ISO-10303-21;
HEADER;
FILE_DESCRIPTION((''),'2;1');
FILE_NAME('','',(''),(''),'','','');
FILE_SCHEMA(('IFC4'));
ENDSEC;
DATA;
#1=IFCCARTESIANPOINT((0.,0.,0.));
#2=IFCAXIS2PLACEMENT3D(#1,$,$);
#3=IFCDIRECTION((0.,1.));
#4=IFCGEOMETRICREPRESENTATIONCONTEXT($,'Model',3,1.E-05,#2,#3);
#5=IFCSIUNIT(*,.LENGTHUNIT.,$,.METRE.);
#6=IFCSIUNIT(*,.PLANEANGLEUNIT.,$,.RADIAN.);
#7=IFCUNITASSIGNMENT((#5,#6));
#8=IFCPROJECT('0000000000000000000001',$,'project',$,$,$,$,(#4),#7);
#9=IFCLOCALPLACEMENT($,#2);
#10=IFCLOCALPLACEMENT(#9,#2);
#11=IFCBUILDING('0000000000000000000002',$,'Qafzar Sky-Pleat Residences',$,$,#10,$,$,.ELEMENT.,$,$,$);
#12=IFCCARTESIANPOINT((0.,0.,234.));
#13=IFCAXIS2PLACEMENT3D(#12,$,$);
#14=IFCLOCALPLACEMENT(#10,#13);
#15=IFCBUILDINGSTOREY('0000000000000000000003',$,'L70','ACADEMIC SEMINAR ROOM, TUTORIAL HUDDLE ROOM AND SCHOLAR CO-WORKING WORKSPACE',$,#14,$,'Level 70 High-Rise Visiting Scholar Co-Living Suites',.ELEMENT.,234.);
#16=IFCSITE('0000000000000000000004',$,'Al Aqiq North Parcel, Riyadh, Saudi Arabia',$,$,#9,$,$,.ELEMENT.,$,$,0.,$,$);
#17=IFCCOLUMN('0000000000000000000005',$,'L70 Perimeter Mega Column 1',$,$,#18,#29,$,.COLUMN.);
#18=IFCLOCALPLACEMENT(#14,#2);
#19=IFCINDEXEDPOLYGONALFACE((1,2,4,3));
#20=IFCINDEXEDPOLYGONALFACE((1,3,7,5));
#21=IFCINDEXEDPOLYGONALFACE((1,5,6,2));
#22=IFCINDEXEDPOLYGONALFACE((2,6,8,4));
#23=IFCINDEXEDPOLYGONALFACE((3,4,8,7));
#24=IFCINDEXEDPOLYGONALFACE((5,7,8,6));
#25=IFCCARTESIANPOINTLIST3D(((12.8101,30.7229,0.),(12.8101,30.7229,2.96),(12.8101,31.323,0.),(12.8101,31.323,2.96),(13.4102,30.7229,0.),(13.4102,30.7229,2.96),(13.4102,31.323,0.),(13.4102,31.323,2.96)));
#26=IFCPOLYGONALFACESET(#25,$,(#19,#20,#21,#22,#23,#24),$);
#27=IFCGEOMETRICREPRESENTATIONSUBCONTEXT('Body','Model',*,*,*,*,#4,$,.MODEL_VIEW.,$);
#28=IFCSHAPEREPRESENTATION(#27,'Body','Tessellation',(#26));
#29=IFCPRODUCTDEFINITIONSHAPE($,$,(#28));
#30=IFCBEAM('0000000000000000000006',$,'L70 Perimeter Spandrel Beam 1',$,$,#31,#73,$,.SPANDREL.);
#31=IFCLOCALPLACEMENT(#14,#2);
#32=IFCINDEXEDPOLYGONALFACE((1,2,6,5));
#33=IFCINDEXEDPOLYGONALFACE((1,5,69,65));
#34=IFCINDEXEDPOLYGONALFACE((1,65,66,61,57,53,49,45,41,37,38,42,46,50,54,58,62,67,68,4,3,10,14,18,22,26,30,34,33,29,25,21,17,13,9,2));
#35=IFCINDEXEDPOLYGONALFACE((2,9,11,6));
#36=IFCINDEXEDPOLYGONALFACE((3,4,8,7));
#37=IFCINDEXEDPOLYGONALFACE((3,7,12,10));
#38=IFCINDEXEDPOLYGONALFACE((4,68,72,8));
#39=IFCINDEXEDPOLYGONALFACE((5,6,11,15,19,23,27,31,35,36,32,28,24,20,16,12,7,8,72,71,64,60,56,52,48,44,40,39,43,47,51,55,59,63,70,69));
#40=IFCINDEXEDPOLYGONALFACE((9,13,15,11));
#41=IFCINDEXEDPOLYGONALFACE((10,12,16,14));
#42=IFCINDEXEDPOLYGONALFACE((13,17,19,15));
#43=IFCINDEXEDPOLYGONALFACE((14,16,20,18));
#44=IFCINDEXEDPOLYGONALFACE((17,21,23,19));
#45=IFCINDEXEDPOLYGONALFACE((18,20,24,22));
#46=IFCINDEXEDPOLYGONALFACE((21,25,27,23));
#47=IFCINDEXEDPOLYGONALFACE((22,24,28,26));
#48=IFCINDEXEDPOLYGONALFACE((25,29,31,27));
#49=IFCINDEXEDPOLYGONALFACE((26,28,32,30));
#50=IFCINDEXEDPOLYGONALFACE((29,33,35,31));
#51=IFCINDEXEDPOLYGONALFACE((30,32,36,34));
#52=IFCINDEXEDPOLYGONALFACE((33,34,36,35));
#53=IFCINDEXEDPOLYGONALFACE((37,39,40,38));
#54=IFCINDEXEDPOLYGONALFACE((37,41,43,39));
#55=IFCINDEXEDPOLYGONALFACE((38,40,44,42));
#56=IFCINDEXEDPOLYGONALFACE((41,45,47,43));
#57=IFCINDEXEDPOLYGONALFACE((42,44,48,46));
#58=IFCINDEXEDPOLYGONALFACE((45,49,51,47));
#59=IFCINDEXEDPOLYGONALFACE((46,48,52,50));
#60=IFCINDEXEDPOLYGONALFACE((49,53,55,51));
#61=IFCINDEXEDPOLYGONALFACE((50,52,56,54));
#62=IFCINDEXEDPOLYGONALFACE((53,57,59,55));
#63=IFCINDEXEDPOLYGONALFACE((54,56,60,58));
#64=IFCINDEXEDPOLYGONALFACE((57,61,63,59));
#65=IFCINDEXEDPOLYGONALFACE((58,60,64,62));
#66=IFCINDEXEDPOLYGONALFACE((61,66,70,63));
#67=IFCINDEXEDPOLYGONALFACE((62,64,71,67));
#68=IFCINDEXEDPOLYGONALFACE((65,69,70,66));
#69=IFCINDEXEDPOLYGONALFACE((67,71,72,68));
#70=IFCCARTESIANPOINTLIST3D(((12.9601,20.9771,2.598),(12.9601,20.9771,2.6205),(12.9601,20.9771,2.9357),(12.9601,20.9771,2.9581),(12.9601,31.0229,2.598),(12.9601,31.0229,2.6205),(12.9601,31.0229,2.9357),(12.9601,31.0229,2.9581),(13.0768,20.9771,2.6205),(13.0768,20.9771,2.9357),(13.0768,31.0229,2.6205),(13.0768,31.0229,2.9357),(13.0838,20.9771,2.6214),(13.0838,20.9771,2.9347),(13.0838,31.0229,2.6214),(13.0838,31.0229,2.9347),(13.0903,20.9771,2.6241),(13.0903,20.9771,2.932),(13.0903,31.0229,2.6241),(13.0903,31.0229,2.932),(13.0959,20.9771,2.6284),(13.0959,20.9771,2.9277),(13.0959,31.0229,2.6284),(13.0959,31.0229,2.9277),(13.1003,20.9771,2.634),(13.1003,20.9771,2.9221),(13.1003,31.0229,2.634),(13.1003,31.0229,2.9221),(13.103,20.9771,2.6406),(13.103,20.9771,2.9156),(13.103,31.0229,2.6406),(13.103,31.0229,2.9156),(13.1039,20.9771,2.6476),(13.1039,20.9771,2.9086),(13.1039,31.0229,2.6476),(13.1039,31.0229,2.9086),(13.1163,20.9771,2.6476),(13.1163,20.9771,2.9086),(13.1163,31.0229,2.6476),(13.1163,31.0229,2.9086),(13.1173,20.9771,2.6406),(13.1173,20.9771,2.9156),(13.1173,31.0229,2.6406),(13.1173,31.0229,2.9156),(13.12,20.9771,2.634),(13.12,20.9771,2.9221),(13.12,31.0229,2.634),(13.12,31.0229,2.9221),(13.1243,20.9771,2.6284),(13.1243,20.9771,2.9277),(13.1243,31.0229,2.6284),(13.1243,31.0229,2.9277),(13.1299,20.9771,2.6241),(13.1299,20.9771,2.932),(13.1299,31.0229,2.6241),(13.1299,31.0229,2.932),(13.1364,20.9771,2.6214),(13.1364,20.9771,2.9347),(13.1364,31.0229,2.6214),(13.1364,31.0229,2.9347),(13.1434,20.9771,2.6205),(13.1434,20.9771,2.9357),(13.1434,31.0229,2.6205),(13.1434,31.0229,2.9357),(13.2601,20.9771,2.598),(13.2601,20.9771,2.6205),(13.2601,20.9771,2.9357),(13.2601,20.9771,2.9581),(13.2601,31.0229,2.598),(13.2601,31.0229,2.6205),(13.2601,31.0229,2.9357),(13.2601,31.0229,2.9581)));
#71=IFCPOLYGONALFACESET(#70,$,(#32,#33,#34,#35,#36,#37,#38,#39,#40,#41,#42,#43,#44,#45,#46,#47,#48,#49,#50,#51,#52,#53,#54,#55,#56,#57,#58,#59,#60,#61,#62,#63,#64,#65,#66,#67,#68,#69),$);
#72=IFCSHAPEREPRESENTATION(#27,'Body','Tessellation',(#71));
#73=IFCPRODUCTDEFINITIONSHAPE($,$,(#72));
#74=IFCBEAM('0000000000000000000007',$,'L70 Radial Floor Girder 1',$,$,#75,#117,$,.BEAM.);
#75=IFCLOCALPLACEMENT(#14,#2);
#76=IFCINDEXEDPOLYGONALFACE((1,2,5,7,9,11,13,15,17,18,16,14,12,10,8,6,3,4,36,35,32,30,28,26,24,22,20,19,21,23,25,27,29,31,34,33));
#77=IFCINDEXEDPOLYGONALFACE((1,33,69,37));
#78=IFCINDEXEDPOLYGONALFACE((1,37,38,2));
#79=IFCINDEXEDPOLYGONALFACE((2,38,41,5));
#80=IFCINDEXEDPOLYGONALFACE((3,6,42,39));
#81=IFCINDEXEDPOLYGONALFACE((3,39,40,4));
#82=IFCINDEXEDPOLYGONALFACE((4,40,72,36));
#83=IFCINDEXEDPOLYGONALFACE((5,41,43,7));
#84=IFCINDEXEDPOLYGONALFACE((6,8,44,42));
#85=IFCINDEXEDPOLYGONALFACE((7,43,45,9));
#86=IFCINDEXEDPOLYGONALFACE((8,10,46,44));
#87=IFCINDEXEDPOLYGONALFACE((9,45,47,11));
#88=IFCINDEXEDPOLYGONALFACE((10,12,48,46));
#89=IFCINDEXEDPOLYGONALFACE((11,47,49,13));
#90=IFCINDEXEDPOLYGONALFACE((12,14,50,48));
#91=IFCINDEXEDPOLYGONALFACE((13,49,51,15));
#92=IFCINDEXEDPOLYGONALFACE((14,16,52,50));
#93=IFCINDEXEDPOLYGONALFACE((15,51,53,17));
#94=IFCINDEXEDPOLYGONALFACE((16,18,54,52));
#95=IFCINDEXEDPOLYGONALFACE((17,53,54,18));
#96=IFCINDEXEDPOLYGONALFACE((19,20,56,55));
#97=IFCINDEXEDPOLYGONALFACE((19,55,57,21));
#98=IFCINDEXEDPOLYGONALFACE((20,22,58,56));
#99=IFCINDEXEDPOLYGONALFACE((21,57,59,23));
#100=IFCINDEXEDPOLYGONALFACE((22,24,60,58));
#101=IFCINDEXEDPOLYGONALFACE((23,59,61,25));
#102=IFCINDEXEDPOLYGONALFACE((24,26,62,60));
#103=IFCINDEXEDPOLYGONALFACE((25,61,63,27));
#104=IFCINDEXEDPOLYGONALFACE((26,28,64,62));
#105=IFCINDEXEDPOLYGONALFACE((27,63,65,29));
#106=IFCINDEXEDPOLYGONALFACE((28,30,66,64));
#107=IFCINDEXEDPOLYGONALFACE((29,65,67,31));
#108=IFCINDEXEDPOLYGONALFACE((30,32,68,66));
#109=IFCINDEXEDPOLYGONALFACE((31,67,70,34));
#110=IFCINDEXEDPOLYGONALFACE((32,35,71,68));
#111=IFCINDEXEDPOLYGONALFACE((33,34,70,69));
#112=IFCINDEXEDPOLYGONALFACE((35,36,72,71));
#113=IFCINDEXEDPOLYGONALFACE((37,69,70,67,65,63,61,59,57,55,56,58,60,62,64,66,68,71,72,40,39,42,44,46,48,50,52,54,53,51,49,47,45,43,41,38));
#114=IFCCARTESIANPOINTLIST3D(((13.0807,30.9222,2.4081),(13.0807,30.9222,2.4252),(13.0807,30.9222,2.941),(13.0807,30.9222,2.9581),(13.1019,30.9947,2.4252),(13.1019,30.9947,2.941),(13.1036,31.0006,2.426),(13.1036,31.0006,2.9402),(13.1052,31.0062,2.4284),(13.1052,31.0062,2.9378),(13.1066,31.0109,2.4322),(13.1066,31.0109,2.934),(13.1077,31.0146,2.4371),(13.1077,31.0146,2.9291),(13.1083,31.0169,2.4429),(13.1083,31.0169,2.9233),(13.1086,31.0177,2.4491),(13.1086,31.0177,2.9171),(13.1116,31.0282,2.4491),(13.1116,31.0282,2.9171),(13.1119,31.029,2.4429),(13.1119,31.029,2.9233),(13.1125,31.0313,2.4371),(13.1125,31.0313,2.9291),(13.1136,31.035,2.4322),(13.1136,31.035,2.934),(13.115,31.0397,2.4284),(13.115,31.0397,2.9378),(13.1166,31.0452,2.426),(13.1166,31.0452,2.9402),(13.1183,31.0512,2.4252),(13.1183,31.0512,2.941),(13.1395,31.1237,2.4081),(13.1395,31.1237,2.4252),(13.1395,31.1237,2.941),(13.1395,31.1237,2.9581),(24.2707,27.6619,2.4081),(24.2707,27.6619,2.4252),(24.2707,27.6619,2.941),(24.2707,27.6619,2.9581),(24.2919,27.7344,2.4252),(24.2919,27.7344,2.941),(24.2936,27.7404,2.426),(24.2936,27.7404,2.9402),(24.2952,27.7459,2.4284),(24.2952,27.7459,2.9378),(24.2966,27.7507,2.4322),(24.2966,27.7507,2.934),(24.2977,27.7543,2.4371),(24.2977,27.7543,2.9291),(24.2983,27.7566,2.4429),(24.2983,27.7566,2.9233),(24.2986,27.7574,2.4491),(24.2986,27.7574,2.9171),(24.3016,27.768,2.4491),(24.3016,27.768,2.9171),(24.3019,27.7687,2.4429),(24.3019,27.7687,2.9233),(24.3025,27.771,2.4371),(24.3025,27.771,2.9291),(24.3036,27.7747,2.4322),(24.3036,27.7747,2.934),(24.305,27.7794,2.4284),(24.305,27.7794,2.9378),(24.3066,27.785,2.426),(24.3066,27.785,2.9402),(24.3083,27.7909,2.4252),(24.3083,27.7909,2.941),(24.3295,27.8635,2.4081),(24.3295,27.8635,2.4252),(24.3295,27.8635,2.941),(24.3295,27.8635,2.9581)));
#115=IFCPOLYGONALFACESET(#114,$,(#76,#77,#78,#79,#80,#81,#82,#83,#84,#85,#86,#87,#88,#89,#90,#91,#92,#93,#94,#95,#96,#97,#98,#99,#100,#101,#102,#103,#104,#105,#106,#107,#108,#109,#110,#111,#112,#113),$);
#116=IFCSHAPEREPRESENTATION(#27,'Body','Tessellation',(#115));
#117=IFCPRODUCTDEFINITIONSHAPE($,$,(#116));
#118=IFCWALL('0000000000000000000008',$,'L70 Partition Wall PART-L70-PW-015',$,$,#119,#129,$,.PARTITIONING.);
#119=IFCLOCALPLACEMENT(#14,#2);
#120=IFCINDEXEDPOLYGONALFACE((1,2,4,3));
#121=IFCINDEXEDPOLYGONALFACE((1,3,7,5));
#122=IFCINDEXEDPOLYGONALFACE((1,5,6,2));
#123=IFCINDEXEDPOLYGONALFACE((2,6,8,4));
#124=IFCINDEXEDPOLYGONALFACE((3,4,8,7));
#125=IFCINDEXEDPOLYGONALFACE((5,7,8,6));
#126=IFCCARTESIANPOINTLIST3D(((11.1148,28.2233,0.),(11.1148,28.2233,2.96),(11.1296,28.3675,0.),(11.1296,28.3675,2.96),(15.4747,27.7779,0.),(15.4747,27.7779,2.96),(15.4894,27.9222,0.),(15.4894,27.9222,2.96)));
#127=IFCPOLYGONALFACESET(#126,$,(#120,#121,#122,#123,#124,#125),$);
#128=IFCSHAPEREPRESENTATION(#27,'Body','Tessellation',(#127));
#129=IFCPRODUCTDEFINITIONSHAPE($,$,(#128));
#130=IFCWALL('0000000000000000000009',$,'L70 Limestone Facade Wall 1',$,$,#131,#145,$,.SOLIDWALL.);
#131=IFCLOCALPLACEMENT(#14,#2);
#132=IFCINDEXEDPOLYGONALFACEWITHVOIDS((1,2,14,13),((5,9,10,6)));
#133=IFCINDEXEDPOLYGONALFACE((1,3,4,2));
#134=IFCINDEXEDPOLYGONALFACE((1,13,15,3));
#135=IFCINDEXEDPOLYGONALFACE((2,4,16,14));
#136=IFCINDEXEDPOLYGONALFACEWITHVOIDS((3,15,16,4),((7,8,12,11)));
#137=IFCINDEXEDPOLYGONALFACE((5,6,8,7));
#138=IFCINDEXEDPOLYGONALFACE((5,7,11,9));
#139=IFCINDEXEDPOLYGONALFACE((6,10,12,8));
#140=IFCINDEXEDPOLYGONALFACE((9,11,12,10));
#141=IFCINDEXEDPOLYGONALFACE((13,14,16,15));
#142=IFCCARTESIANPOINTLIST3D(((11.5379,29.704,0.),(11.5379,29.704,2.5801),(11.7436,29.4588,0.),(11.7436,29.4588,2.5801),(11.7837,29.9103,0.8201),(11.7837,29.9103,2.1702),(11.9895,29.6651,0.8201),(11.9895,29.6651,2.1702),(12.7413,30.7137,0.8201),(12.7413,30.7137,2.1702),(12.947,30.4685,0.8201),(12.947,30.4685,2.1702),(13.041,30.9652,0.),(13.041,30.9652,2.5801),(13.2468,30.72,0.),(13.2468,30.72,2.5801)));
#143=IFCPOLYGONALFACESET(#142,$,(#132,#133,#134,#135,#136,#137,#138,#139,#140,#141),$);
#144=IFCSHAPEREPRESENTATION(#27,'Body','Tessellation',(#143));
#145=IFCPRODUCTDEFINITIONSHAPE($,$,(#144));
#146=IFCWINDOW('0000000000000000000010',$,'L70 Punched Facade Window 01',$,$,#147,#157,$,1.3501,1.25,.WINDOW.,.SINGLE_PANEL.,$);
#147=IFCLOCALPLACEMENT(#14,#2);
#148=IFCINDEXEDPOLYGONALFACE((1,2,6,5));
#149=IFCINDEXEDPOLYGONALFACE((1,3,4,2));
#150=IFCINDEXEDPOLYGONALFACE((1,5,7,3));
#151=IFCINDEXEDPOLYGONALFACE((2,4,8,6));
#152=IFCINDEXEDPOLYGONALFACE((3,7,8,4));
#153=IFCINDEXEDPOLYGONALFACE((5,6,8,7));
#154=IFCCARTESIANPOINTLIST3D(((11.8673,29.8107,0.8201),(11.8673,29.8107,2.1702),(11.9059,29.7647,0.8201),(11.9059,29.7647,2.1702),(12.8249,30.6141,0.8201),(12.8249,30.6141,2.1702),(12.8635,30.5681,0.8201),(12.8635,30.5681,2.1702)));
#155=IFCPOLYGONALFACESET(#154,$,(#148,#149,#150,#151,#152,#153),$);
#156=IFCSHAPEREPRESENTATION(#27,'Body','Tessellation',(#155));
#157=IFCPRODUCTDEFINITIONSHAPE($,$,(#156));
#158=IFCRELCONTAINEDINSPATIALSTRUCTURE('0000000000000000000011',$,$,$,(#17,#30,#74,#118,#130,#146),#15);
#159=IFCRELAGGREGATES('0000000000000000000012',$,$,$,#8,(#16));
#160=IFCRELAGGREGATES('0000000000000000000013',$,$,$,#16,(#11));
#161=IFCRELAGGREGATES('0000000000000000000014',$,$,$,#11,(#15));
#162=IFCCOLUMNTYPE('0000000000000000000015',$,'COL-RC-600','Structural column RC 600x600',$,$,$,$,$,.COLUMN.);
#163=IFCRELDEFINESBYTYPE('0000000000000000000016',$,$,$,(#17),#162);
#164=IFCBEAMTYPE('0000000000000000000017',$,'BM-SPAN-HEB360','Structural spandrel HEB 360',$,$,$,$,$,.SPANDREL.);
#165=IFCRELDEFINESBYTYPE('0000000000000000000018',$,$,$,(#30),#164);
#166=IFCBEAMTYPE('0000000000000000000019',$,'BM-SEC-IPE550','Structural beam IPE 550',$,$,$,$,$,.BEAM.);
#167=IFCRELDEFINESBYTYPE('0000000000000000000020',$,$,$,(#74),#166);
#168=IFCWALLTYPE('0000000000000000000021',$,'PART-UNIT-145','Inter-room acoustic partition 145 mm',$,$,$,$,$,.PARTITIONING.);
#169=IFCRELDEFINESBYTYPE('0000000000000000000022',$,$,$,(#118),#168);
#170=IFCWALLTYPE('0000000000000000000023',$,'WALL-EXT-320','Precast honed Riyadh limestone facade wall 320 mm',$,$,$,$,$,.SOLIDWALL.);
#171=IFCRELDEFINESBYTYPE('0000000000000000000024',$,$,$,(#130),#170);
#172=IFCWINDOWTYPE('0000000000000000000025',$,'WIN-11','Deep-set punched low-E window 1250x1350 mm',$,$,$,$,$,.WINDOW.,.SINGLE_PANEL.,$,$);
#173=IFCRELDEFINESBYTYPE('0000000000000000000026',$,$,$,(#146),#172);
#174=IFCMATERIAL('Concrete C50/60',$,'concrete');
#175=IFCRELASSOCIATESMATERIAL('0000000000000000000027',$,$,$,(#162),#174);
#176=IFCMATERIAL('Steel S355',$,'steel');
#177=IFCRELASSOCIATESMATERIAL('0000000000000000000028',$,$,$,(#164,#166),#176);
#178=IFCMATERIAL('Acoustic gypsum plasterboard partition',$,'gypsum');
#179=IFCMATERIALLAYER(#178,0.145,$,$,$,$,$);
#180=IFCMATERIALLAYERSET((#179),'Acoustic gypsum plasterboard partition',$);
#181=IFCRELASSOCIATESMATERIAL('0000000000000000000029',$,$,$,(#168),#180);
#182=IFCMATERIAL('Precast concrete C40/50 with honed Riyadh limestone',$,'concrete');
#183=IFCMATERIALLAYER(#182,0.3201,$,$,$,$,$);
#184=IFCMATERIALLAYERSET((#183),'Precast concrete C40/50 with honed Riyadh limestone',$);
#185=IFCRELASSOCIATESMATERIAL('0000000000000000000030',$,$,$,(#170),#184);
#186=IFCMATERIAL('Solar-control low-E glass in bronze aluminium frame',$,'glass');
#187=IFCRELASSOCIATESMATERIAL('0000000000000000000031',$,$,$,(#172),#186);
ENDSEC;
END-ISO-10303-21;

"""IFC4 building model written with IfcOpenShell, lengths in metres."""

from ifc_helpers import new_model, si_unit, direction, frame, frame_2d, origin, origin_2d, place, context, subcontext, project, spatial, rectangle, i_section, extrude, source, transform, mapped, material, layer, layer_set, material_profile, profile_set, type_object, element, fill, save


model = new_model("IFC4")

# Units and contexts
model_context = context("Model", 3, precision=1e-05, world=origin(), true_north=direction((0.0, 1.0)))
body_context = subcontext(model_context, "Body", "Model", "MODEL_VIEW")
ifc_project = project(units=[si_unit("LENGTHUNIT", "METRE"), si_unit("PLANEANGLEUNIT", "RADIAN")], contexts=[model_context])

# Site, building, storey
site_placement = place(None, origin())
site = spatial("IfcSite", under=ifc_project, at=site_placement, Name="Al Aqiq North Parcel, Riyadh, Saudi Arabia", CompositionType="ELEMENT", RefElevation=0.0)
building_placement = place(site_placement, origin())
building = spatial("IfcBuilding", under=site, at=building_placement, Name="Qafzar Sky-Pleat Residences", CompositionType="ELEMENT")
storey_placement = place(building_placement, frame((0.0, 0.0, 234.0)))
storey = spatial("IfcBuildingStorey", under=building, at=storey_placement, Name="L70", Description="ACADEMIC SEMINAR ROOM, TUTORIAL HUDDLE ROOM AND SCHOLAR CO-WORKING WORKSPACE", LongName="Level 70 High-Rise Visiting Scholar Co-Living Suites", CompositionType="ELEMENT", Elevation=234.0)

# Column
ifc_material_1 = material(Name="Concrete C50/60", Category="concrete")
ifc_material_profile_1 = material_profile(ifc_material_1, rectangle(XDim=0.6001, YDim=0.6001, at=origin_2d()), Name="RC 600x600")
ifc_profile_set_1 = profile_set([ifc_material_profile_1], Name="Concrete C50/60")
column_type = type_object("IfcColumnType", Name="COL-RC-600", Description="Structural column RC 600x600", PredefinedType="COLUMN", material=ifc_profile_set_1)
shared_shape_1 = source(origin(), body_context, "Body", "SweptSolid", [
    extrude(rectangle(XDim=0.6001, YDim=0.6001, at=origin_2d()), origin(), (0.0, 0.0, 1.0), 2.96),
])
column_placement = place(storey_placement, frame((13.1101, 31.0229, 0.0), z_axis=(0.0, 0.0, 1.0), x_axis=(1.0, 0.0, 0.0)))
element("IfcColumn", 1, at=column_placement, inside=storey, type_object=column_type, Name="L70 Perimeter Mega Column 1", PredefinedType="COLUMN", context=body_context, shape_type="MappedRepresentation", body=[
    mapped(shared_shape_1, transform((0.0, 0.0, 0.0), x_axis=(1.0, 0.0, 0.0), y_axis=(0.0, 1.0, 0.0), z_axis=(0.0, 0.0, 1.0), scale=1.0)),
])

# Beams
ifc_material_2 = material(Name="Steel S355", Category="steel")
ifc_material_profile_2 = material_profile(ifc_material_2, i_section(OverallWidth=0.3, OverallDepth=0.3601, WebThickness=0.0125, FlangeThickness=0.0225, FilletRadius=0.0271, at=origin_2d()), Name="HEB 360")
ifc_profile_set_2 = profile_set([ifc_material_profile_2], Name="Steel S355")
beam_type_1 = type_object("IfcBeamType", Name="BM-SPAN-HEB360", Description="Structural spandrel HEB 360", PredefinedType="SPANDREL", material=ifc_profile_set_2)
shared_shape_2 = source(origin(), body_context, "Body", "SweptSolid", [
    extrude(i_section(OverallWidth=0.3, OverallDepth=0.3601, WebThickness=0.0125, FlangeThickness=0.0225, FilletRadius=0.0271, at=origin_2d()), origin(), (0.0, 0.0, 1.0), 10.0459),
])
beam_1_placement = place(storey_placement, frame((13.1101, 31.0229, 2.7781), z_axis=(0.0, -1.0, 0.0), x_axis=(1.0, 0.0, 0.0)))
element("IfcBeam", 2, at=beam_1_placement, inside=storey, type_object=beam_type_1, Name="L70 Perimeter Spandrel Beam 1", PredefinedType="SPANDREL", context=body_context, shape_type="MappedRepresentation", body=[
    mapped(shared_shape_2, transform((0.0, 0.0, 0.0), x_axis=(1.0, 0.0, 0.0), y_axis=(0.0, 1.0, 0.0), z_axis=(0.0, 0.0, 1.0), scale=1.0)),
])
ifc_material_profile_3 = material_profile(ifc_material_2, i_section(OverallWidth=0.21, OverallDepth=0.55, WebThickness=0.011, FlangeThickness=0.0171, FilletRadius=0.0239, at=origin_2d()), Name="IPE 550")
ifc_profile_set_3 = profile_set([ifc_material_profile_3], Name="Steel S355")
beam_type_2 = type_object("IfcBeamType", Name="BM-SEC-IPE550", Description="Structural beam IPE 550", PredefinedType="BEAM", material=ifc_profile_set_3)
shared_shape_3 = source(origin(), body_context, "Body", "SweptSolid", [
    extrude(i_section(OverallWidth=0.21, OverallDepth=0.55, WebThickness=0.011, FlangeThickness=0.0171, FilletRadius=0.0239, at=origin_2d()), origin(), (0.0, 0.0, 1.0), 11.6553),
])
beam_2_placement = place(storey_placement, frame((13.1101, 31.0229, 2.6831), z_axis=(0.96008, -0.279725, 0.0), x_axis=(0.279725, 0.96008, 0.0)))
element("IfcBeam", 3, at=beam_2_placement, inside=storey, type_object=beam_type_2, Name="L70 Radial Floor Girder 1", PredefinedType="BEAM", context=body_context, shape_type="MappedRepresentation", body=[
    mapped(shared_shape_3, transform((0.0, 0.0, 0.0), x_axis=(1.0, 0.0, 0.0), y_axis=(0.0, 1.0, 0.0), z_axis=(0.0, 0.0, 1.0), scale=1.0)),
])

# Wall
ifc_material_3 = material(Name="Acoustic gypsum plasterboard partition", Category="gypsum")
ifc_layer_1 = layer(ifc_material_3, 0.145)
ifc_layer_set_1 = layer_set([ifc_layer_1], Name="Acoustic gypsum plasterboard partition")
wall_type_1 = type_object("IfcWallType", Name="PART-UNIT-145", Description="Inter-room acoustic partition 145 mm", PredefinedType="PARTITIONING", material=ifc_layer_set_1)
wall_1_placement = place(storey_placement, frame((11.1221, 28.2954, 0.0), z_axis=(0.0, 0.0, 1.0), x_axis=(0.994824, -0.10161, 0.0)))
element("IfcWall", 4, at=wall_1_placement, inside=storey, type_object=wall_type_1, Name="L70 Partition Wall PART-L70-PW-015", PredefinedType="PARTITIONING", context=body_context, shape_type="SweptSolid", body=[
    extrude(rectangle(XDim=4.3826, YDim=0.145, at=frame_2d((2.1914, 0.0))), origin(), (0.0, 0.0, 1.0), 2.96),
])

# Wall, opening, window
ifc_material_4 = material(Name="Precast concrete C40/50 with honed Riyadh limestone", Category="concrete")
ifc_layer_2 = layer(ifc_material_4, 0.3201)
ifc_layer_set_2 = layer_set([ifc_layer_2], Name="Precast concrete C40/50 with honed Riyadh limestone")
wall_type_2 = type_object("IfcWallType", Name="WALL-EXT-320", Description="Precast honed Riyadh limestone facade wall 320 mm", PredefinedType="SOLIDWALL", material=ifc_layer_set_2)
wall_2_placement = place(storey_placement, frame((13.1438, 30.8425, 0.0), z_axis=(0.0, 0.0, 1.0), x_axis=(-0.766065, -0.642763, 0.0)))
wall_2 = element("IfcWall", 5, at=wall_2_placement, inside=storey, type_object=wall_type_2, Name="L70 Limestone Facade Wall 1", PredefinedType="SOLIDWALL", context=body_context, shape_type="SweptSolid", body=[
    extrude(rectangle(XDim=1.9622, YDim=0.3201, at=frame_2d((0.981, 0.0))), origin(), (0.0, 0.0, 1.0), 2.5801),
])
opening_1_placement = place(wall_2_placement, frame((0.3911, 0.0, 0.8201)))
opening_1 = element("IfcOpeningElement", 6, at=opening_1_placement, cuts=wall_2, PredefinedType="OPENING", context=body_context, shape_type="SweptSolid", body=[
    extrude(rectangle(XDim=1.25, YDim=1.3501, at=frame_2d((0.625, 0.675))), frame((0.0, 0.1699, 0.0), z_axis=(0.0, -1.0, 0.0), x_axis=(1.0, 0.0, 0.0)), (0.0, 0.0, 1.0), 0.3401),
])
ifc_material_5 = material(Name="Solar-control low-E glass in bronze aluminium frame", Category="glass")
window_type_1 = type_object("IfcWindowType", Name="WIN-11", Description="Deep-set punched low-E window 1250x1350 mm", PartitioningType="SINGLE_PANEL", PredefinedType="WINDOW", material=ifc_material_5)
shared_shape_4 = source(origin(), body_context, "Body", "SweptSolid", [
    extrude(rectangle(XDim=1.25, YDim=1.3501, at=frame_2d((0.625, 0.675))), frame((0.0, 0.03, 0.0), z_axis=(0.0, -1.0, 0.0), x_axis=(1.0, 0.0, 0.0)), (0.0, 0.0, 1.0), 0.0601),
])
window_1_placement = place(opening_1_placement, origin())
window_1 = element("IfcWindow", 7, at=window_1_placement, inside=storey, type_object=window_type_1, Name="L70 Punched Facade Window 01", OverallHeight=1.3501, OverallWidth=1.25, PartitioningType="SINGLE_PANEL", PredefinedType="WINDOW", context=body_context, shape_type="MappedRepresentation", body=[
    mapped(shared_shape_4, transform((0.0, 0.0, 0.0), x_axis=(1.0, 0.0, 0.0), y_axis=(0.0, 1.0, 0.0), z_axis=(0.0, 0.0, 1.0), scale=1.0)),
])
fill(opening_1, window_1)

save(model, "model.ifc")
